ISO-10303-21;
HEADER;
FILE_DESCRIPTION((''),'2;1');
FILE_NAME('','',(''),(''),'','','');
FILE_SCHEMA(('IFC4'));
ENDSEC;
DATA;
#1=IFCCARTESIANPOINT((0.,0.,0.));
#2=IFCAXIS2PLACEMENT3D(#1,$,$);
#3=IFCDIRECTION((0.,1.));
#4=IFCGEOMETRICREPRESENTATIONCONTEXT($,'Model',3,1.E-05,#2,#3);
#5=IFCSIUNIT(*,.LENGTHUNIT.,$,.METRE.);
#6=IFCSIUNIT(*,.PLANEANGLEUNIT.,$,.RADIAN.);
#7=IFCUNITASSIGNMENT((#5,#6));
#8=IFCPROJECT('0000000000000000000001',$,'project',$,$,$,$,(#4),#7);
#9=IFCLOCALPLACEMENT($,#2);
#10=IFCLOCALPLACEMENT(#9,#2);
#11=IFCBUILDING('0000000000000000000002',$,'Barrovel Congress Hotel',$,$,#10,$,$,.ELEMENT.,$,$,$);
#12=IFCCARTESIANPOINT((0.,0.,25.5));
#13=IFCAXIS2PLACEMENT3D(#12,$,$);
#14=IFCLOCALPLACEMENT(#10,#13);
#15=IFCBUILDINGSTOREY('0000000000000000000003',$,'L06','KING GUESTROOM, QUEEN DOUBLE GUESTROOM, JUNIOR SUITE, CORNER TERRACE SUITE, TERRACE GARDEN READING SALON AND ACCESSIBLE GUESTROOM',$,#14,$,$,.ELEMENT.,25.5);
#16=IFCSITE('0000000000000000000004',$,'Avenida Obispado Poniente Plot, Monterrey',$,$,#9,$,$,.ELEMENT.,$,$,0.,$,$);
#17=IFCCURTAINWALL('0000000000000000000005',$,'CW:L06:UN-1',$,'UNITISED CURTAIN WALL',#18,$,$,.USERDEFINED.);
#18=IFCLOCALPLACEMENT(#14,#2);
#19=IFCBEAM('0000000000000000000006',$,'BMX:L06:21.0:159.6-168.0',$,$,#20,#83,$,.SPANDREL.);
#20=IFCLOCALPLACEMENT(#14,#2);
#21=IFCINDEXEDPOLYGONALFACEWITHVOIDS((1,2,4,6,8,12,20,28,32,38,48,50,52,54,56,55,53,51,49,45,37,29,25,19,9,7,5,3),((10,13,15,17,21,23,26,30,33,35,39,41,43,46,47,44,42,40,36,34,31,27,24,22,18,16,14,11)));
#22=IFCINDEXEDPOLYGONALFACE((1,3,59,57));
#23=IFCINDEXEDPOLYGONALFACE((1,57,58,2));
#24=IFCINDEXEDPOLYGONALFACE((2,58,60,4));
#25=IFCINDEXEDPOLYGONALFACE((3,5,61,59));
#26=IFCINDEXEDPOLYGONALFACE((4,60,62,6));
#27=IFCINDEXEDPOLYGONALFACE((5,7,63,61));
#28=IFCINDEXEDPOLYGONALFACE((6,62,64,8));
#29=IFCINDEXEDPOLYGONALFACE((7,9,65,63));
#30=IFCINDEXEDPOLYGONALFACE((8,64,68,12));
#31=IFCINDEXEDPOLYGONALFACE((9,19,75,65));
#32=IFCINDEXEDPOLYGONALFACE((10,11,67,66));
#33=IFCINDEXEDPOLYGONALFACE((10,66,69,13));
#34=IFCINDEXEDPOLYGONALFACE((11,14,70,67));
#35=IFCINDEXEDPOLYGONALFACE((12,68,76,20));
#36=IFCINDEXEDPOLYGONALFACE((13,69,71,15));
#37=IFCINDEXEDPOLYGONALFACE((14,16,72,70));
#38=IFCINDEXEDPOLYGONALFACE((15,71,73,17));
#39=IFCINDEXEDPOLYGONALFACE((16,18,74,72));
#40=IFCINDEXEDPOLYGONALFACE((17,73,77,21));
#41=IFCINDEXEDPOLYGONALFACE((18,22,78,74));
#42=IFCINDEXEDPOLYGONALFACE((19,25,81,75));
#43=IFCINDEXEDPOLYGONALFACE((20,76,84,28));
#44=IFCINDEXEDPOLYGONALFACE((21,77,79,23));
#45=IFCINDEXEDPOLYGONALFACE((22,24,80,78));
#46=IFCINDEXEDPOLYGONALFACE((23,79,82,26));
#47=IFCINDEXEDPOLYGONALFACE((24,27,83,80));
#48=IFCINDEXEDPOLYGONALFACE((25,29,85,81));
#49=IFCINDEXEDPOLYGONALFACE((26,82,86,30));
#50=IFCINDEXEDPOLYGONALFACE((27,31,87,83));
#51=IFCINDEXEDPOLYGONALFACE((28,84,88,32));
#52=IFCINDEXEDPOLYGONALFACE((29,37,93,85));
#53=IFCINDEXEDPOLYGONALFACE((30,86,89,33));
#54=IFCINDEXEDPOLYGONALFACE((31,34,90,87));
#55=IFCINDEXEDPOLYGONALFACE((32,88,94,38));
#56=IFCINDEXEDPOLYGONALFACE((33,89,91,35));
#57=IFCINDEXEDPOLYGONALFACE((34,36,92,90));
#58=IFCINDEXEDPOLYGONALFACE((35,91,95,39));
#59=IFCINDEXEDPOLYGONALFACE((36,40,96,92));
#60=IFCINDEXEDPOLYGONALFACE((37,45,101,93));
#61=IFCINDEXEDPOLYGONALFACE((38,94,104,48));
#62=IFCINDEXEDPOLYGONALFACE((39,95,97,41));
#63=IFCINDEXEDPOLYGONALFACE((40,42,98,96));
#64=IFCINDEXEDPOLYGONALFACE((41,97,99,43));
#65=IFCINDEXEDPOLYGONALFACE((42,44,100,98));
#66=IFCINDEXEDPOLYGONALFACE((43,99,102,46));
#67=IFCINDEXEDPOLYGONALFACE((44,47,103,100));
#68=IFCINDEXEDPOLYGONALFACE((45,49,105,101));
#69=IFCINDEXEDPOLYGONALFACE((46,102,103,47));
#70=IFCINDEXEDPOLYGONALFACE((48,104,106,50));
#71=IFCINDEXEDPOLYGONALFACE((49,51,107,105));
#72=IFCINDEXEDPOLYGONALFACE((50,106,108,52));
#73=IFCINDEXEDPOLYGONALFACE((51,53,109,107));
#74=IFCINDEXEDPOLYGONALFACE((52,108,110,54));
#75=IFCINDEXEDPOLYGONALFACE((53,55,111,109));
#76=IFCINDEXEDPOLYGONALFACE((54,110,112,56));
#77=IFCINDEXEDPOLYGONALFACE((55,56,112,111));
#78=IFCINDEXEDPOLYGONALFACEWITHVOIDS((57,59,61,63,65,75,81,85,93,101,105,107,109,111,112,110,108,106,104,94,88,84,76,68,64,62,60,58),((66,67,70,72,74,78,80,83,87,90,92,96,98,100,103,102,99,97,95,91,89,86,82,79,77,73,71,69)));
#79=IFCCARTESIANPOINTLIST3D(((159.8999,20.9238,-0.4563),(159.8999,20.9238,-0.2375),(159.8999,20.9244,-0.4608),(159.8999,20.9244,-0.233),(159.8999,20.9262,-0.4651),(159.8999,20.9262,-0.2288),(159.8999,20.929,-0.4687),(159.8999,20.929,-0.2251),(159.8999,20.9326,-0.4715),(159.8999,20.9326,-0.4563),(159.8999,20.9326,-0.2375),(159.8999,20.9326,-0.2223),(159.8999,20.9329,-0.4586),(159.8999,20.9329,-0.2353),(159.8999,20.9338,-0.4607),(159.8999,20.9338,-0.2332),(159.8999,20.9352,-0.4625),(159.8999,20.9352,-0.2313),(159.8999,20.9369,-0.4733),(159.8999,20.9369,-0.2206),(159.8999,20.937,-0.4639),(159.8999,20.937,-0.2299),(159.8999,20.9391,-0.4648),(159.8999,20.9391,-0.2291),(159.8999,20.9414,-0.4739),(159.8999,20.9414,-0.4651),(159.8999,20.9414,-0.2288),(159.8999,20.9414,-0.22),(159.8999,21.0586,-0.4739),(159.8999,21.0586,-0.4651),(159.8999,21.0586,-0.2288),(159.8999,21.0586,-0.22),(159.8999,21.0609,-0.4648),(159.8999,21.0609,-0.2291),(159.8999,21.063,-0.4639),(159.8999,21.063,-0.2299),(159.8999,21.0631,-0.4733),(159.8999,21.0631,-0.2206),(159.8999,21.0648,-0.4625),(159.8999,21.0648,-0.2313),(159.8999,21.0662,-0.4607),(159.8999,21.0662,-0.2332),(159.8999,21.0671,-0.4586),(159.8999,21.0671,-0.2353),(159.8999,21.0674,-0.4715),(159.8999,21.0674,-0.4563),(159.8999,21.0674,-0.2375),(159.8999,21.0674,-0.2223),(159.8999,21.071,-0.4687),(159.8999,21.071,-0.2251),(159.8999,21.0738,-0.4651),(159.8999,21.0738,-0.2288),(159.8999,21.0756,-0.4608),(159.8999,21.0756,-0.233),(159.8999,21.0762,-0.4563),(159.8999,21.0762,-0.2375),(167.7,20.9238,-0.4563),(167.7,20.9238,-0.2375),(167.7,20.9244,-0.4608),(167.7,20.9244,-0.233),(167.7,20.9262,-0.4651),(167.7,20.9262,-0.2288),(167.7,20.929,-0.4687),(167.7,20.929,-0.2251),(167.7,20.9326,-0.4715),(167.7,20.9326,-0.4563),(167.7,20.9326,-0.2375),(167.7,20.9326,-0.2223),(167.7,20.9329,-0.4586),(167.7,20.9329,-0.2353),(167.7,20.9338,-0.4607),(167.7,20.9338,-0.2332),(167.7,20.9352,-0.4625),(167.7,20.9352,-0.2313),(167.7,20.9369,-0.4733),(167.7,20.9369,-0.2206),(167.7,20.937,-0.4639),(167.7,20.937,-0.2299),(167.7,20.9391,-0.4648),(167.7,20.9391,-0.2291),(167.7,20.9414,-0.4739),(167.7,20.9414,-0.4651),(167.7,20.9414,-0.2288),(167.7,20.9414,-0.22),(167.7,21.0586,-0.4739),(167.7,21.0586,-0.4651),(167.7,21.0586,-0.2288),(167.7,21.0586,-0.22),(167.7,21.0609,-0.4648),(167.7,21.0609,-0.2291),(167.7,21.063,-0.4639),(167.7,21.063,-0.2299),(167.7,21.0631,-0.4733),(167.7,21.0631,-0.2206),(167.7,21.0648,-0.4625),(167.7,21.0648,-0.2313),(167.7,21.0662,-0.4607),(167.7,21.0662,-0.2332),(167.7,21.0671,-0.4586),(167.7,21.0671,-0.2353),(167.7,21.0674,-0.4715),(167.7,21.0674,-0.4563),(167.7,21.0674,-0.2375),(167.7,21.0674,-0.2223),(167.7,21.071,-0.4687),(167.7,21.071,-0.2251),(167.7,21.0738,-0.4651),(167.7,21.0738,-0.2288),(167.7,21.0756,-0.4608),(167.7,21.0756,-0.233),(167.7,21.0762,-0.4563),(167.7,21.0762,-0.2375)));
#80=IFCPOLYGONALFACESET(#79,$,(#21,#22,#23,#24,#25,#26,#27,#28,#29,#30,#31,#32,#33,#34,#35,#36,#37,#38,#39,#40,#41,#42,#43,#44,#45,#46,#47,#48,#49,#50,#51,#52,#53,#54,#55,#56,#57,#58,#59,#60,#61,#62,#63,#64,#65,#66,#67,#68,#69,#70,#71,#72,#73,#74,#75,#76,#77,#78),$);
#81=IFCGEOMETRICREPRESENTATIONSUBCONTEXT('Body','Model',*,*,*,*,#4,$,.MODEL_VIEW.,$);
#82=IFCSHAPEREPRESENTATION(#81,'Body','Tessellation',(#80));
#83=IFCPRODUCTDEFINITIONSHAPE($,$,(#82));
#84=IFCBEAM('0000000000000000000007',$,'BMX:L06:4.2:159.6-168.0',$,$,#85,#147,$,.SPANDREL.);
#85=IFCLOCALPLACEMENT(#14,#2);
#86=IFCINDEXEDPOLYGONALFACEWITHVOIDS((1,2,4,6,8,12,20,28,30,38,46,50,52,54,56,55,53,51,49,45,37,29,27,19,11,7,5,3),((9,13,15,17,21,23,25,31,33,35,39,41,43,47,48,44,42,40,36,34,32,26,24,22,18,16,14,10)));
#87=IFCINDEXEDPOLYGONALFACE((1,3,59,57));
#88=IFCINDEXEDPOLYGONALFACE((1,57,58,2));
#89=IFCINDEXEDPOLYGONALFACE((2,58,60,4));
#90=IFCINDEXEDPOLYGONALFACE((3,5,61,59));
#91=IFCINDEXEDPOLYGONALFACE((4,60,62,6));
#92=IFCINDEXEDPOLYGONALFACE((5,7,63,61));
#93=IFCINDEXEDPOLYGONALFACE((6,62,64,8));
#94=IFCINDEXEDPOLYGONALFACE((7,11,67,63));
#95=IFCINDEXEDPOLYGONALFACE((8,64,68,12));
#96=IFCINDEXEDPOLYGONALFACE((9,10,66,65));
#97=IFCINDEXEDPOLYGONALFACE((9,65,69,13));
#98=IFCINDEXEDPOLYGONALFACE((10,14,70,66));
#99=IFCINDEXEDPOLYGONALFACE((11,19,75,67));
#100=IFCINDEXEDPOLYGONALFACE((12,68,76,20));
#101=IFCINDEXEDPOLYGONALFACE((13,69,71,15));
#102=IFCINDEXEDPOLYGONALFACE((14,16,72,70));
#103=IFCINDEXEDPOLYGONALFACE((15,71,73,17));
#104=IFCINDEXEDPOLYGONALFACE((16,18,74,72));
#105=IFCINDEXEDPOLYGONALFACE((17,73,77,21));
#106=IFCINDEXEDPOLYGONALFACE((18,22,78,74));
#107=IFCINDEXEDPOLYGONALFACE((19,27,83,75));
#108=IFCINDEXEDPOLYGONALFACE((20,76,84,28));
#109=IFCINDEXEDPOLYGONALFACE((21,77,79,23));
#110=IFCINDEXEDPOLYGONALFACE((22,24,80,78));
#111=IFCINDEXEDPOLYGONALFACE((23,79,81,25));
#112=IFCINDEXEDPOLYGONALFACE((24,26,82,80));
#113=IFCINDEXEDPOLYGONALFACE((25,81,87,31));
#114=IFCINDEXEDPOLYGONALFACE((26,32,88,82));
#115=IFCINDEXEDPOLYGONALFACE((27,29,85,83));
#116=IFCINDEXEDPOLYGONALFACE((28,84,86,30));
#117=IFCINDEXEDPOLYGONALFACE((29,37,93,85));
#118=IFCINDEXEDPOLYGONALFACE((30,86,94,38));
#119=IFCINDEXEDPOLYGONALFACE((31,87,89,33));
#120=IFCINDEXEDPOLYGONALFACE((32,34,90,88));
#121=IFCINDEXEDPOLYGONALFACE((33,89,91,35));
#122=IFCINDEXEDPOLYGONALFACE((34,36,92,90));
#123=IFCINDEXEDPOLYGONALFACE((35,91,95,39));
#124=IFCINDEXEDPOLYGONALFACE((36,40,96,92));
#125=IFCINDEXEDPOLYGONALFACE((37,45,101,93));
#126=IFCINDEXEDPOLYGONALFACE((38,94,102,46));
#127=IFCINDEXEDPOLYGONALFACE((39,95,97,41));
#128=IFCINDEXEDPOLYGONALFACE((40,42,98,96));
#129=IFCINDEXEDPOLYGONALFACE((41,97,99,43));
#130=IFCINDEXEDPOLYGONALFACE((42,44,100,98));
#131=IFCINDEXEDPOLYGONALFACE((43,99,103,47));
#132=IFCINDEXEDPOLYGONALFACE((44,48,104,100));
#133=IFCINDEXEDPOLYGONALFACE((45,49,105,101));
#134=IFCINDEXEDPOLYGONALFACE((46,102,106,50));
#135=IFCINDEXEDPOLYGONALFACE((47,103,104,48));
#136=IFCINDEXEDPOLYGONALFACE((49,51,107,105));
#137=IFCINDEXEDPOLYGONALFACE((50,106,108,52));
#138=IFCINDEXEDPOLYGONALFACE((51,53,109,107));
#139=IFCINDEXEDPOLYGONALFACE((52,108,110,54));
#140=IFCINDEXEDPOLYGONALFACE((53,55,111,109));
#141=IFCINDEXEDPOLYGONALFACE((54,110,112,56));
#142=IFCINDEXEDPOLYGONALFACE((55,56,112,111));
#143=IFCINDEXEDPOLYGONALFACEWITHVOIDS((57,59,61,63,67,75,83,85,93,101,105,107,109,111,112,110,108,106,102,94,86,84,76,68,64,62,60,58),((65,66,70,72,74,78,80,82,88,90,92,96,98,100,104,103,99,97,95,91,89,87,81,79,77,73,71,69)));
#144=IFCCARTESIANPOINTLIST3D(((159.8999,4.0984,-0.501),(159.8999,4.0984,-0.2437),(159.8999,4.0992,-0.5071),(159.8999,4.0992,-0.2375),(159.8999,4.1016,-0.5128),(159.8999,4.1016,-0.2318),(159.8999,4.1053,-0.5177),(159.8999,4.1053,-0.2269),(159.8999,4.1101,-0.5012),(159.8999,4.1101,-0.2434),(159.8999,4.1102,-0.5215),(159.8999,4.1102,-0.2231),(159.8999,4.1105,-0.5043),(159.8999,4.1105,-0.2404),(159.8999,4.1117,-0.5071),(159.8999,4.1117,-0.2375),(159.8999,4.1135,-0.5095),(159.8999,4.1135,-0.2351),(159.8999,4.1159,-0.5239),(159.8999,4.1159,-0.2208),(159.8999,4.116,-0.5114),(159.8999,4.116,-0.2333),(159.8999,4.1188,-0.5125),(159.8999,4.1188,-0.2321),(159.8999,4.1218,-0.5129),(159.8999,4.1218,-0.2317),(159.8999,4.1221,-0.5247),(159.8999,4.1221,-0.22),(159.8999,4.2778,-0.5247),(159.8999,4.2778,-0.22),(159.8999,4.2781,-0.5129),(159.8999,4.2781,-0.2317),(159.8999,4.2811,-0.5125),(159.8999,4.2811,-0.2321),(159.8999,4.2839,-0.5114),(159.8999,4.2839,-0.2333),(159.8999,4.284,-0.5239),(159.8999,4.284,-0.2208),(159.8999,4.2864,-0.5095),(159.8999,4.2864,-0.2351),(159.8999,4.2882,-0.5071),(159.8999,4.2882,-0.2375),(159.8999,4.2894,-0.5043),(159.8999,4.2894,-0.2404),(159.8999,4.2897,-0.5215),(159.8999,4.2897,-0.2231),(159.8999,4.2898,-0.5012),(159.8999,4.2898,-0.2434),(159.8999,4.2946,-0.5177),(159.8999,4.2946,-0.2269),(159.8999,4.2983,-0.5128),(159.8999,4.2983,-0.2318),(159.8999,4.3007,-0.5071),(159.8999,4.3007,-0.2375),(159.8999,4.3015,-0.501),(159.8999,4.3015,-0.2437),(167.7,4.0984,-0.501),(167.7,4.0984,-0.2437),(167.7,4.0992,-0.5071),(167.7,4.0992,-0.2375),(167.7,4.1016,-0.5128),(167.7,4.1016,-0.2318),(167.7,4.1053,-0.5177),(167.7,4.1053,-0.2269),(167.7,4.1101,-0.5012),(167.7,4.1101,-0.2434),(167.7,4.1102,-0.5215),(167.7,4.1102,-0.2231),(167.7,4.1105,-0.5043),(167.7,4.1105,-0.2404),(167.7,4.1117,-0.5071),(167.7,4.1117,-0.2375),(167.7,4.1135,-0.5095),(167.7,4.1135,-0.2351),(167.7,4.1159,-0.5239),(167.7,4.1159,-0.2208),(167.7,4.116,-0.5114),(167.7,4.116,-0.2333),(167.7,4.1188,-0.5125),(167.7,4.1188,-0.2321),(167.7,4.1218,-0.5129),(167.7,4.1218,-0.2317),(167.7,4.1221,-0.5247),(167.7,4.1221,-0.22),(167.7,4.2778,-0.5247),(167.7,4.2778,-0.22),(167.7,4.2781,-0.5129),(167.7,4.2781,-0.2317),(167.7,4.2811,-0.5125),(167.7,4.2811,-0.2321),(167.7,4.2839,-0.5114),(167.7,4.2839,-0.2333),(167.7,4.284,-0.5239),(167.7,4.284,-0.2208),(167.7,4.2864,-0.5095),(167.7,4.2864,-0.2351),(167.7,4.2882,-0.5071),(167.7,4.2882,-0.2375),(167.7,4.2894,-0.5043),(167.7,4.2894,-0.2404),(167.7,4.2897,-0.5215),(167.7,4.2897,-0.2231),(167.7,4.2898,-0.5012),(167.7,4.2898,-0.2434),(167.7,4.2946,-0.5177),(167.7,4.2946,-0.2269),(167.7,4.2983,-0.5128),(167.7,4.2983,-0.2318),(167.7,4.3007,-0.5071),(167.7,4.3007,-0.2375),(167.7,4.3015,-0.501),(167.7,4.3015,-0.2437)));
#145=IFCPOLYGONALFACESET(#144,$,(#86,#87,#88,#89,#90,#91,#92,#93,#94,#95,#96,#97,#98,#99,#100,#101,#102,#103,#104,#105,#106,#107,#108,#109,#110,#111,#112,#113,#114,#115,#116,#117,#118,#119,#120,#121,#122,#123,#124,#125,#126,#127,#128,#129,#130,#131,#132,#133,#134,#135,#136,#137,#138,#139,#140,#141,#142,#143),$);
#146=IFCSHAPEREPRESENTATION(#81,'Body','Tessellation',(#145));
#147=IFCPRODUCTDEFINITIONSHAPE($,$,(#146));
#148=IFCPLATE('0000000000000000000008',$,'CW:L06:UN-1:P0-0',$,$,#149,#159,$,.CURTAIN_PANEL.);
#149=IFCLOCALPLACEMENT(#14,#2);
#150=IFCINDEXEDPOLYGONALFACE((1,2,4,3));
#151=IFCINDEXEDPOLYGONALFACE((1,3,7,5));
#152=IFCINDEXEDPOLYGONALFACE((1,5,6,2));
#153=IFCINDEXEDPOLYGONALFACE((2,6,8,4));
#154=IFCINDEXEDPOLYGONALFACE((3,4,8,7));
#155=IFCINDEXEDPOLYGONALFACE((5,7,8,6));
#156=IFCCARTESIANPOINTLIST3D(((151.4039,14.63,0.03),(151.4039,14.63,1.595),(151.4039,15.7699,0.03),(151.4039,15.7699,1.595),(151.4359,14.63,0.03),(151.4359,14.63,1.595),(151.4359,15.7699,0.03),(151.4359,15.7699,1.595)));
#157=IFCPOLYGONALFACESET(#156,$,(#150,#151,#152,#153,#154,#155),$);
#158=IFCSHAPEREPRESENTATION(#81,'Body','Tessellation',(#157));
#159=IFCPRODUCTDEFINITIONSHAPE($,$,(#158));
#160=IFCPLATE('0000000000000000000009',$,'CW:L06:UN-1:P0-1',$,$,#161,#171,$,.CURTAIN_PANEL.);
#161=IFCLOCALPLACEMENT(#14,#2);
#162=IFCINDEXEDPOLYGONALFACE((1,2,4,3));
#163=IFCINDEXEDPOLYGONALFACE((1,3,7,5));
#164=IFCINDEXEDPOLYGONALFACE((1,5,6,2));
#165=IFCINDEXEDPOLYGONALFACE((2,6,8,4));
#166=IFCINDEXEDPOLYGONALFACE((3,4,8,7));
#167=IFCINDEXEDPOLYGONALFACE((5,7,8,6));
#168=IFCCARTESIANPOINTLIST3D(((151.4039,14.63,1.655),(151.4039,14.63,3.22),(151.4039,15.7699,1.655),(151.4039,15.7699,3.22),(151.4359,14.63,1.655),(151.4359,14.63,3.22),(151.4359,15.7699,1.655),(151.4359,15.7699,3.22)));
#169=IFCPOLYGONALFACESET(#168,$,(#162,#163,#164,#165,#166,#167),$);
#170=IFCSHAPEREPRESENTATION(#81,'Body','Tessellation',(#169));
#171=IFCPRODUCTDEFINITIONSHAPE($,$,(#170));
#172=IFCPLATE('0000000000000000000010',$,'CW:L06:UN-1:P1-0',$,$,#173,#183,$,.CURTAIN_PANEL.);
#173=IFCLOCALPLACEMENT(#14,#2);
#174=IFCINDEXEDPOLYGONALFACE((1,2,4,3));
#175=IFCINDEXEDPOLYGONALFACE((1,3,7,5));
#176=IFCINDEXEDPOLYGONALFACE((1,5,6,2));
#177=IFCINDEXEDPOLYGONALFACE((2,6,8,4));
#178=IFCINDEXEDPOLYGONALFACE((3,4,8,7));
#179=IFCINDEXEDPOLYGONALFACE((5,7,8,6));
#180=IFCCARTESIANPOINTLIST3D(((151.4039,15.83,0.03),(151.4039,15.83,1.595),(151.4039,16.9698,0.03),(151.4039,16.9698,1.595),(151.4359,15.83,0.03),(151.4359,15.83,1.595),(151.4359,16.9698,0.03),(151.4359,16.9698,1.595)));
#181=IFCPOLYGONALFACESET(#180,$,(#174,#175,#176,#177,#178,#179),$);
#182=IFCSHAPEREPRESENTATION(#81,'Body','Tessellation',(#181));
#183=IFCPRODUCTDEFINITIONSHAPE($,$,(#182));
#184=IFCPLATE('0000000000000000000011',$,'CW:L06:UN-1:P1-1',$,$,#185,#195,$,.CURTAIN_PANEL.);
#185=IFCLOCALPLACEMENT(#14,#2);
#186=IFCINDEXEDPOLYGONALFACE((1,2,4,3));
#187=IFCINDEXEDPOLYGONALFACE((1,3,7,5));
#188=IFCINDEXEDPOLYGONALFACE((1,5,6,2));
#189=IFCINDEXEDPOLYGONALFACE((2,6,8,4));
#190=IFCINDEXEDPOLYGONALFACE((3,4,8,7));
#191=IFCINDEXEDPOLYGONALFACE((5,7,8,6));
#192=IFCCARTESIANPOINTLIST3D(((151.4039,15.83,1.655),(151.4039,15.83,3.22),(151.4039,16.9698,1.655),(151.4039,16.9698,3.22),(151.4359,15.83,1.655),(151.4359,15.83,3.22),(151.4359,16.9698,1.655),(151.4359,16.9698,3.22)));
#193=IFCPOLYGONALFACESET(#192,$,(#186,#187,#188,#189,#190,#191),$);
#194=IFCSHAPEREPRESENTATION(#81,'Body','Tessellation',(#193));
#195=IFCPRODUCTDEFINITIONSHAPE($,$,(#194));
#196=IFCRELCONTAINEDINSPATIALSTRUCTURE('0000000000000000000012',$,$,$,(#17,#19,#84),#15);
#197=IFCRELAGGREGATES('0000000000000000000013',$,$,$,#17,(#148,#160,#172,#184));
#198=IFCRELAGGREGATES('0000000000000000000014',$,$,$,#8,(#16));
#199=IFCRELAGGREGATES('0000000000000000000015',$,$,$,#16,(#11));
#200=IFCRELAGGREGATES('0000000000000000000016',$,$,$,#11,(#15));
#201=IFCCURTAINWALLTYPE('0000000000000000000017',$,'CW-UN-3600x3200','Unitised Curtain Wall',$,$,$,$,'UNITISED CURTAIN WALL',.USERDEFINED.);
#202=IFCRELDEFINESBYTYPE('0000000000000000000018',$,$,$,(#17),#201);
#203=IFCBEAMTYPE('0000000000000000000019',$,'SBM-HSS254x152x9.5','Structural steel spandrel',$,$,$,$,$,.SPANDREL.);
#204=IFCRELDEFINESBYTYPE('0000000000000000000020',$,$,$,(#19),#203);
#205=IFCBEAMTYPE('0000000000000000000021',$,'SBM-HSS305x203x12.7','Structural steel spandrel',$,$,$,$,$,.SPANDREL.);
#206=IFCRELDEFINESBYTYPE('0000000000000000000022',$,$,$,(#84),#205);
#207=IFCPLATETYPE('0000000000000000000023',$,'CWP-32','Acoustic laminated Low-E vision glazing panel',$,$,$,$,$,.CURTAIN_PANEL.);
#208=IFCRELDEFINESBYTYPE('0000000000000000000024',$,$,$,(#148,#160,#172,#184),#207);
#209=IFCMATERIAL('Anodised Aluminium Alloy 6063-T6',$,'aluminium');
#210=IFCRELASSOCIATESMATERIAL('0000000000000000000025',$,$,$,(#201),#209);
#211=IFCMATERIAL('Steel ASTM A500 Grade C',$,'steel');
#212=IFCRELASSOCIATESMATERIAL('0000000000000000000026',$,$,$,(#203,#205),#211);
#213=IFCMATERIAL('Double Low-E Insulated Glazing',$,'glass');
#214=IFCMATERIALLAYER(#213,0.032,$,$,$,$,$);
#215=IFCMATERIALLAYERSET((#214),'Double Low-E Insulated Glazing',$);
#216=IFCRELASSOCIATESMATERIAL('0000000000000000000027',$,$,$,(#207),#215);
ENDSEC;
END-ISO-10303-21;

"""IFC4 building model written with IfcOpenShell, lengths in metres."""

from ifc_helpers import new_model, si_unit, direction, frame, origin, origin_2d, place, context, subcontext, project, spatial, rectangle, hollow_rectangle, extrude, material, layer, layer_set, material_profile, profile_set, type_object, element, aggregate, save


model = new_model("IFC4")

# Units and contexts
model_context = context("Model", 3, precision=1e-05, world=origin(), true_north=direction((0.0, 1.0)))
body_context = subcontext(model_context, "Body", "Model", "MODEL_VIEW")
ifc_project = project(units=[si_unit("LENGTHUNIT", "METRE"), si_unit("PLANEANGLEUNIT", "RADIAN")], contexts=[model_context])

# Site, building, storey
site_placement = place(None, origin())
site = spatial("IfcSite", under=ifc_project, at=site_placement, Name="Avenida Obispado Poniente Plot, Monterrey", CompositionType="ELEMENT", RefElevation=0.0)
building_placement = place(site_placement, origin())
building = spatial("IfcBuilding", under=site, at=building_placement, Name="Barrovel Congress Hotel", CompositionType="ELEMENT")
storey_placement = place(building_placement, frame((0.0, 0.0, 25.5)))
storey = spatial("IfcBuildingStorey", under=building, at=storey_placement, Name="L06", Description="KING GUESTROOM, QUEEN DOUBLE GUESTROOM, JUNIOR SUITE, CORNER TERRACE SUITE, TERRACE GARDEN READING SALON AND ACCESSIBLE GUESTROOM", CompositionType="ELEMENT", Elevation=25.5)

# Curtain wall
ifc_material_1 = material(Name="Anodised Aluminium Alloy 6063-T6", Category="aluminium")
curtain_wall_type = type_object("IfcCurtainWallType", Name="CW-UN-3600x3200", Description="Unitised Curtain Wall", ElementType="UNITISED CURTAIN WALL", PredefinedType="USERDEFINED", material=ifc_material_1)
curtain_wall_placement = place(storey_placement, origin())
curtain_wall = element("IfcCurtainWall", 1, at=curtain_wall_placement, inside=storey, type_object=curtain_wall_type, Name="CW:L06:UN-1", ObjectType="UNITISED CURTAIN WALL", PredefinedType="USERDEFINED")

# Beams
ifc_material_2 = material(Name="Steel ASTM A500 Grade C", Category="steel")
ifc_material_profile_1 = material_profile(ifc_material_2, hollow_rectangle(XDim=0.1523, YDim=0.2539, WallThickness=0.0088, InnerFilletRadius=0.0088, OuterFilletRadius=0.0176, at=origin_2d()), Name="HSS254x152x9.5")
ifc_profile_set_1 = profile_set([ifc_material_profile_1], Name="Steel ASTM A500 Grade C")
beam_type_1 = type_object("IfcBeamType", Name="SBM-HSS254x152x9.5", Description="Structural steel spandrel", PredefinedType="SPANDREL", material=ifc_profile_set_1)
beam_1_placement = place(storey_placement, frame((159.8999, 21.0, -0.3469), z_axis=(1.0, 0.0, 0.0), x_axis=(0.0, 1.0, 0.0)))
element("IfcBeam", 2, at=beam_1_placement, inside=storey, type_object=beam_type_1, Name="BMX:L06:21.0:159.6-168.0", PredefinedType="SPANDREL", context=body_context, shape_type="SweptSolid", body=[
    extrude(hollow_rectangle(XDim=0.1523, YDim=0.2539, WallThickness=0.0088, InnerFilletRadius=0.0088, OuterFilletRadius=0.0176, at=origin_2d()), origin(), (0.0, 0.0, 1.0), 7.8),
])
ifc_material_profile_2 = material_profile(ifc_material_2, hollow_rectangle(XDim=0.2031, YDim=0.3047, WallThickness=0.0117, InnerFilletRadius=0.0117, OuterFilletRadius=0.0237, at=origin_2d()), Name="HSS305x203x12.7")
ifc_profile_set_2 = profile_set([ifc_material_profile_2], Name="Steel ASTM A500 Grade C")
beam_type_2 = type_object("IfcBeamType", Name="SBM-HSS305x203x12.7", Description="Structural steel spandrel", PredefinedType="SPANDREL", material=ifc_profile_set_2)
beam_2_placement = place(storey_placement, frame((159.8999, 4.2, -0.3723), z_axis=(1.0, 0.0, 0.0), x_axis=(0.0, 1.0, 0.0)))
element("IfcBeam", 3, at=beam_2_placement, inside=storey, type_object=beam_type_2, Name="BMX:L06:4.2:159.6-168.0", PredefinedType="SPANDREL", context=body_context, shape_type="SweptSolid", body=[
    extrude(hollow_rectangle(XDim=0.2031, YDim=0.3047, WallThickness=0.0117, InnerFilletRadius=0.0117, OuterFilletRadius=0.0237, at=origin_2d()), origin(), (0.0, 0.0, 1.0), 7.8),
])

# Plates
ifc_material_3 = material(Name="Double Low-E Insulated Glazing", Category="glass")
ifc_layer_1 = layer(ifc_material_3, 0.032)
ifc_layer_set_1 = layer_set([ifc_layer_1], Name="Double Low-E Insulated Glazing")
plate_type = type_object("IfcPlateType", Name="CWP-32", Description="Acoustic laminated Low-E vision glazing panel", PredefinedType="CURTAIN_PANEL", material=ifc_layer_set_1)
plate_1_placement = place(storey_placement, frame((151.4199, 15.2, 0.03), z_axis=(0.0, 0.0, 1.0), x_axis=(0.0, 1.0, 0.0)))
plate_1 = element("IfcPlate", 4, at=plate_1_placement, type_object=plate_type, Name="CW:L06:UN-1:P0-0", PredefinedType="CURTAIN_PANEL", context=body_context, shape_type="SweptSolid", body=[
    extrude(rectangle(XDim=1.1399, YDim=0.032, at=origin_2d()), origin(), (0.0, 0.0, 1.0), 1.5649),
])
plate_2_placement = place(storey_placement, frame((151.4199, 15.2, 1.655), z_axis=(0.0, 0.0, 1.0), x_axis=(0.0, 1.0, 0.0)))
plate_2 = element("IfcPlate", 5, at=plate_2_placement, type_object=plate_type, Name="CW:L06:UN-1:P0-1", PredefinedType="CURTAIN_PANEL", context=body_context, shape_type="SweptSolid", body=[
    extrude(rectangle(XDim=1.1399, YDim=0.032, at=origin_2d()), origin(), (0.0, 0.0, 1.0), 1.5649),
])
plate_3_placement = place(storey_placement, frame((151.4199, 16.3999, 0.03), z_axis=(0.0, 0.0, 1.0), x_axis=(0.0, 1.0, 0.0)))
plate_3 = element("IfcPlate", 6, at=plate_3_placement, type_object=plate_type, Name="CW:L06:UN-1:P1-0", PredefinedType="CURTAIN_PANEL", context=body_context, shape_type="SweptSolid", body=[
    extrude(rectangle(XDim=1.1399, YDim=0.032, at=origin_2d()), origin(), (0.0, 0.0, 1.0), 1.5649),
])
plate_4_placement = place(storey_placement, frame((151.4199, 16.3999, 1.655), z_axis=(0.0, 0.0, 1.0), x_axis=(0.0, 1.0, 0.0)))
plate_4 = element("IfcPlate", 7, at=plate_4_placement, type_object=plate_type, Name="CW:L06:UN-1:P1-1", PredefinedType="CURTAIN_PANEL", context=body_context, shape_type="SweptSolid", body=[
    extrude(rectangle(XDim=1.1399, YDim=0.032, at=origin_2d()), origin(), (0.0, 0.0, 1.0), 1.5649),
])
aggregate(curtain_wall, [plate_1, plate_2, plate_3, plate_4])

save(model, "model.ifc")
